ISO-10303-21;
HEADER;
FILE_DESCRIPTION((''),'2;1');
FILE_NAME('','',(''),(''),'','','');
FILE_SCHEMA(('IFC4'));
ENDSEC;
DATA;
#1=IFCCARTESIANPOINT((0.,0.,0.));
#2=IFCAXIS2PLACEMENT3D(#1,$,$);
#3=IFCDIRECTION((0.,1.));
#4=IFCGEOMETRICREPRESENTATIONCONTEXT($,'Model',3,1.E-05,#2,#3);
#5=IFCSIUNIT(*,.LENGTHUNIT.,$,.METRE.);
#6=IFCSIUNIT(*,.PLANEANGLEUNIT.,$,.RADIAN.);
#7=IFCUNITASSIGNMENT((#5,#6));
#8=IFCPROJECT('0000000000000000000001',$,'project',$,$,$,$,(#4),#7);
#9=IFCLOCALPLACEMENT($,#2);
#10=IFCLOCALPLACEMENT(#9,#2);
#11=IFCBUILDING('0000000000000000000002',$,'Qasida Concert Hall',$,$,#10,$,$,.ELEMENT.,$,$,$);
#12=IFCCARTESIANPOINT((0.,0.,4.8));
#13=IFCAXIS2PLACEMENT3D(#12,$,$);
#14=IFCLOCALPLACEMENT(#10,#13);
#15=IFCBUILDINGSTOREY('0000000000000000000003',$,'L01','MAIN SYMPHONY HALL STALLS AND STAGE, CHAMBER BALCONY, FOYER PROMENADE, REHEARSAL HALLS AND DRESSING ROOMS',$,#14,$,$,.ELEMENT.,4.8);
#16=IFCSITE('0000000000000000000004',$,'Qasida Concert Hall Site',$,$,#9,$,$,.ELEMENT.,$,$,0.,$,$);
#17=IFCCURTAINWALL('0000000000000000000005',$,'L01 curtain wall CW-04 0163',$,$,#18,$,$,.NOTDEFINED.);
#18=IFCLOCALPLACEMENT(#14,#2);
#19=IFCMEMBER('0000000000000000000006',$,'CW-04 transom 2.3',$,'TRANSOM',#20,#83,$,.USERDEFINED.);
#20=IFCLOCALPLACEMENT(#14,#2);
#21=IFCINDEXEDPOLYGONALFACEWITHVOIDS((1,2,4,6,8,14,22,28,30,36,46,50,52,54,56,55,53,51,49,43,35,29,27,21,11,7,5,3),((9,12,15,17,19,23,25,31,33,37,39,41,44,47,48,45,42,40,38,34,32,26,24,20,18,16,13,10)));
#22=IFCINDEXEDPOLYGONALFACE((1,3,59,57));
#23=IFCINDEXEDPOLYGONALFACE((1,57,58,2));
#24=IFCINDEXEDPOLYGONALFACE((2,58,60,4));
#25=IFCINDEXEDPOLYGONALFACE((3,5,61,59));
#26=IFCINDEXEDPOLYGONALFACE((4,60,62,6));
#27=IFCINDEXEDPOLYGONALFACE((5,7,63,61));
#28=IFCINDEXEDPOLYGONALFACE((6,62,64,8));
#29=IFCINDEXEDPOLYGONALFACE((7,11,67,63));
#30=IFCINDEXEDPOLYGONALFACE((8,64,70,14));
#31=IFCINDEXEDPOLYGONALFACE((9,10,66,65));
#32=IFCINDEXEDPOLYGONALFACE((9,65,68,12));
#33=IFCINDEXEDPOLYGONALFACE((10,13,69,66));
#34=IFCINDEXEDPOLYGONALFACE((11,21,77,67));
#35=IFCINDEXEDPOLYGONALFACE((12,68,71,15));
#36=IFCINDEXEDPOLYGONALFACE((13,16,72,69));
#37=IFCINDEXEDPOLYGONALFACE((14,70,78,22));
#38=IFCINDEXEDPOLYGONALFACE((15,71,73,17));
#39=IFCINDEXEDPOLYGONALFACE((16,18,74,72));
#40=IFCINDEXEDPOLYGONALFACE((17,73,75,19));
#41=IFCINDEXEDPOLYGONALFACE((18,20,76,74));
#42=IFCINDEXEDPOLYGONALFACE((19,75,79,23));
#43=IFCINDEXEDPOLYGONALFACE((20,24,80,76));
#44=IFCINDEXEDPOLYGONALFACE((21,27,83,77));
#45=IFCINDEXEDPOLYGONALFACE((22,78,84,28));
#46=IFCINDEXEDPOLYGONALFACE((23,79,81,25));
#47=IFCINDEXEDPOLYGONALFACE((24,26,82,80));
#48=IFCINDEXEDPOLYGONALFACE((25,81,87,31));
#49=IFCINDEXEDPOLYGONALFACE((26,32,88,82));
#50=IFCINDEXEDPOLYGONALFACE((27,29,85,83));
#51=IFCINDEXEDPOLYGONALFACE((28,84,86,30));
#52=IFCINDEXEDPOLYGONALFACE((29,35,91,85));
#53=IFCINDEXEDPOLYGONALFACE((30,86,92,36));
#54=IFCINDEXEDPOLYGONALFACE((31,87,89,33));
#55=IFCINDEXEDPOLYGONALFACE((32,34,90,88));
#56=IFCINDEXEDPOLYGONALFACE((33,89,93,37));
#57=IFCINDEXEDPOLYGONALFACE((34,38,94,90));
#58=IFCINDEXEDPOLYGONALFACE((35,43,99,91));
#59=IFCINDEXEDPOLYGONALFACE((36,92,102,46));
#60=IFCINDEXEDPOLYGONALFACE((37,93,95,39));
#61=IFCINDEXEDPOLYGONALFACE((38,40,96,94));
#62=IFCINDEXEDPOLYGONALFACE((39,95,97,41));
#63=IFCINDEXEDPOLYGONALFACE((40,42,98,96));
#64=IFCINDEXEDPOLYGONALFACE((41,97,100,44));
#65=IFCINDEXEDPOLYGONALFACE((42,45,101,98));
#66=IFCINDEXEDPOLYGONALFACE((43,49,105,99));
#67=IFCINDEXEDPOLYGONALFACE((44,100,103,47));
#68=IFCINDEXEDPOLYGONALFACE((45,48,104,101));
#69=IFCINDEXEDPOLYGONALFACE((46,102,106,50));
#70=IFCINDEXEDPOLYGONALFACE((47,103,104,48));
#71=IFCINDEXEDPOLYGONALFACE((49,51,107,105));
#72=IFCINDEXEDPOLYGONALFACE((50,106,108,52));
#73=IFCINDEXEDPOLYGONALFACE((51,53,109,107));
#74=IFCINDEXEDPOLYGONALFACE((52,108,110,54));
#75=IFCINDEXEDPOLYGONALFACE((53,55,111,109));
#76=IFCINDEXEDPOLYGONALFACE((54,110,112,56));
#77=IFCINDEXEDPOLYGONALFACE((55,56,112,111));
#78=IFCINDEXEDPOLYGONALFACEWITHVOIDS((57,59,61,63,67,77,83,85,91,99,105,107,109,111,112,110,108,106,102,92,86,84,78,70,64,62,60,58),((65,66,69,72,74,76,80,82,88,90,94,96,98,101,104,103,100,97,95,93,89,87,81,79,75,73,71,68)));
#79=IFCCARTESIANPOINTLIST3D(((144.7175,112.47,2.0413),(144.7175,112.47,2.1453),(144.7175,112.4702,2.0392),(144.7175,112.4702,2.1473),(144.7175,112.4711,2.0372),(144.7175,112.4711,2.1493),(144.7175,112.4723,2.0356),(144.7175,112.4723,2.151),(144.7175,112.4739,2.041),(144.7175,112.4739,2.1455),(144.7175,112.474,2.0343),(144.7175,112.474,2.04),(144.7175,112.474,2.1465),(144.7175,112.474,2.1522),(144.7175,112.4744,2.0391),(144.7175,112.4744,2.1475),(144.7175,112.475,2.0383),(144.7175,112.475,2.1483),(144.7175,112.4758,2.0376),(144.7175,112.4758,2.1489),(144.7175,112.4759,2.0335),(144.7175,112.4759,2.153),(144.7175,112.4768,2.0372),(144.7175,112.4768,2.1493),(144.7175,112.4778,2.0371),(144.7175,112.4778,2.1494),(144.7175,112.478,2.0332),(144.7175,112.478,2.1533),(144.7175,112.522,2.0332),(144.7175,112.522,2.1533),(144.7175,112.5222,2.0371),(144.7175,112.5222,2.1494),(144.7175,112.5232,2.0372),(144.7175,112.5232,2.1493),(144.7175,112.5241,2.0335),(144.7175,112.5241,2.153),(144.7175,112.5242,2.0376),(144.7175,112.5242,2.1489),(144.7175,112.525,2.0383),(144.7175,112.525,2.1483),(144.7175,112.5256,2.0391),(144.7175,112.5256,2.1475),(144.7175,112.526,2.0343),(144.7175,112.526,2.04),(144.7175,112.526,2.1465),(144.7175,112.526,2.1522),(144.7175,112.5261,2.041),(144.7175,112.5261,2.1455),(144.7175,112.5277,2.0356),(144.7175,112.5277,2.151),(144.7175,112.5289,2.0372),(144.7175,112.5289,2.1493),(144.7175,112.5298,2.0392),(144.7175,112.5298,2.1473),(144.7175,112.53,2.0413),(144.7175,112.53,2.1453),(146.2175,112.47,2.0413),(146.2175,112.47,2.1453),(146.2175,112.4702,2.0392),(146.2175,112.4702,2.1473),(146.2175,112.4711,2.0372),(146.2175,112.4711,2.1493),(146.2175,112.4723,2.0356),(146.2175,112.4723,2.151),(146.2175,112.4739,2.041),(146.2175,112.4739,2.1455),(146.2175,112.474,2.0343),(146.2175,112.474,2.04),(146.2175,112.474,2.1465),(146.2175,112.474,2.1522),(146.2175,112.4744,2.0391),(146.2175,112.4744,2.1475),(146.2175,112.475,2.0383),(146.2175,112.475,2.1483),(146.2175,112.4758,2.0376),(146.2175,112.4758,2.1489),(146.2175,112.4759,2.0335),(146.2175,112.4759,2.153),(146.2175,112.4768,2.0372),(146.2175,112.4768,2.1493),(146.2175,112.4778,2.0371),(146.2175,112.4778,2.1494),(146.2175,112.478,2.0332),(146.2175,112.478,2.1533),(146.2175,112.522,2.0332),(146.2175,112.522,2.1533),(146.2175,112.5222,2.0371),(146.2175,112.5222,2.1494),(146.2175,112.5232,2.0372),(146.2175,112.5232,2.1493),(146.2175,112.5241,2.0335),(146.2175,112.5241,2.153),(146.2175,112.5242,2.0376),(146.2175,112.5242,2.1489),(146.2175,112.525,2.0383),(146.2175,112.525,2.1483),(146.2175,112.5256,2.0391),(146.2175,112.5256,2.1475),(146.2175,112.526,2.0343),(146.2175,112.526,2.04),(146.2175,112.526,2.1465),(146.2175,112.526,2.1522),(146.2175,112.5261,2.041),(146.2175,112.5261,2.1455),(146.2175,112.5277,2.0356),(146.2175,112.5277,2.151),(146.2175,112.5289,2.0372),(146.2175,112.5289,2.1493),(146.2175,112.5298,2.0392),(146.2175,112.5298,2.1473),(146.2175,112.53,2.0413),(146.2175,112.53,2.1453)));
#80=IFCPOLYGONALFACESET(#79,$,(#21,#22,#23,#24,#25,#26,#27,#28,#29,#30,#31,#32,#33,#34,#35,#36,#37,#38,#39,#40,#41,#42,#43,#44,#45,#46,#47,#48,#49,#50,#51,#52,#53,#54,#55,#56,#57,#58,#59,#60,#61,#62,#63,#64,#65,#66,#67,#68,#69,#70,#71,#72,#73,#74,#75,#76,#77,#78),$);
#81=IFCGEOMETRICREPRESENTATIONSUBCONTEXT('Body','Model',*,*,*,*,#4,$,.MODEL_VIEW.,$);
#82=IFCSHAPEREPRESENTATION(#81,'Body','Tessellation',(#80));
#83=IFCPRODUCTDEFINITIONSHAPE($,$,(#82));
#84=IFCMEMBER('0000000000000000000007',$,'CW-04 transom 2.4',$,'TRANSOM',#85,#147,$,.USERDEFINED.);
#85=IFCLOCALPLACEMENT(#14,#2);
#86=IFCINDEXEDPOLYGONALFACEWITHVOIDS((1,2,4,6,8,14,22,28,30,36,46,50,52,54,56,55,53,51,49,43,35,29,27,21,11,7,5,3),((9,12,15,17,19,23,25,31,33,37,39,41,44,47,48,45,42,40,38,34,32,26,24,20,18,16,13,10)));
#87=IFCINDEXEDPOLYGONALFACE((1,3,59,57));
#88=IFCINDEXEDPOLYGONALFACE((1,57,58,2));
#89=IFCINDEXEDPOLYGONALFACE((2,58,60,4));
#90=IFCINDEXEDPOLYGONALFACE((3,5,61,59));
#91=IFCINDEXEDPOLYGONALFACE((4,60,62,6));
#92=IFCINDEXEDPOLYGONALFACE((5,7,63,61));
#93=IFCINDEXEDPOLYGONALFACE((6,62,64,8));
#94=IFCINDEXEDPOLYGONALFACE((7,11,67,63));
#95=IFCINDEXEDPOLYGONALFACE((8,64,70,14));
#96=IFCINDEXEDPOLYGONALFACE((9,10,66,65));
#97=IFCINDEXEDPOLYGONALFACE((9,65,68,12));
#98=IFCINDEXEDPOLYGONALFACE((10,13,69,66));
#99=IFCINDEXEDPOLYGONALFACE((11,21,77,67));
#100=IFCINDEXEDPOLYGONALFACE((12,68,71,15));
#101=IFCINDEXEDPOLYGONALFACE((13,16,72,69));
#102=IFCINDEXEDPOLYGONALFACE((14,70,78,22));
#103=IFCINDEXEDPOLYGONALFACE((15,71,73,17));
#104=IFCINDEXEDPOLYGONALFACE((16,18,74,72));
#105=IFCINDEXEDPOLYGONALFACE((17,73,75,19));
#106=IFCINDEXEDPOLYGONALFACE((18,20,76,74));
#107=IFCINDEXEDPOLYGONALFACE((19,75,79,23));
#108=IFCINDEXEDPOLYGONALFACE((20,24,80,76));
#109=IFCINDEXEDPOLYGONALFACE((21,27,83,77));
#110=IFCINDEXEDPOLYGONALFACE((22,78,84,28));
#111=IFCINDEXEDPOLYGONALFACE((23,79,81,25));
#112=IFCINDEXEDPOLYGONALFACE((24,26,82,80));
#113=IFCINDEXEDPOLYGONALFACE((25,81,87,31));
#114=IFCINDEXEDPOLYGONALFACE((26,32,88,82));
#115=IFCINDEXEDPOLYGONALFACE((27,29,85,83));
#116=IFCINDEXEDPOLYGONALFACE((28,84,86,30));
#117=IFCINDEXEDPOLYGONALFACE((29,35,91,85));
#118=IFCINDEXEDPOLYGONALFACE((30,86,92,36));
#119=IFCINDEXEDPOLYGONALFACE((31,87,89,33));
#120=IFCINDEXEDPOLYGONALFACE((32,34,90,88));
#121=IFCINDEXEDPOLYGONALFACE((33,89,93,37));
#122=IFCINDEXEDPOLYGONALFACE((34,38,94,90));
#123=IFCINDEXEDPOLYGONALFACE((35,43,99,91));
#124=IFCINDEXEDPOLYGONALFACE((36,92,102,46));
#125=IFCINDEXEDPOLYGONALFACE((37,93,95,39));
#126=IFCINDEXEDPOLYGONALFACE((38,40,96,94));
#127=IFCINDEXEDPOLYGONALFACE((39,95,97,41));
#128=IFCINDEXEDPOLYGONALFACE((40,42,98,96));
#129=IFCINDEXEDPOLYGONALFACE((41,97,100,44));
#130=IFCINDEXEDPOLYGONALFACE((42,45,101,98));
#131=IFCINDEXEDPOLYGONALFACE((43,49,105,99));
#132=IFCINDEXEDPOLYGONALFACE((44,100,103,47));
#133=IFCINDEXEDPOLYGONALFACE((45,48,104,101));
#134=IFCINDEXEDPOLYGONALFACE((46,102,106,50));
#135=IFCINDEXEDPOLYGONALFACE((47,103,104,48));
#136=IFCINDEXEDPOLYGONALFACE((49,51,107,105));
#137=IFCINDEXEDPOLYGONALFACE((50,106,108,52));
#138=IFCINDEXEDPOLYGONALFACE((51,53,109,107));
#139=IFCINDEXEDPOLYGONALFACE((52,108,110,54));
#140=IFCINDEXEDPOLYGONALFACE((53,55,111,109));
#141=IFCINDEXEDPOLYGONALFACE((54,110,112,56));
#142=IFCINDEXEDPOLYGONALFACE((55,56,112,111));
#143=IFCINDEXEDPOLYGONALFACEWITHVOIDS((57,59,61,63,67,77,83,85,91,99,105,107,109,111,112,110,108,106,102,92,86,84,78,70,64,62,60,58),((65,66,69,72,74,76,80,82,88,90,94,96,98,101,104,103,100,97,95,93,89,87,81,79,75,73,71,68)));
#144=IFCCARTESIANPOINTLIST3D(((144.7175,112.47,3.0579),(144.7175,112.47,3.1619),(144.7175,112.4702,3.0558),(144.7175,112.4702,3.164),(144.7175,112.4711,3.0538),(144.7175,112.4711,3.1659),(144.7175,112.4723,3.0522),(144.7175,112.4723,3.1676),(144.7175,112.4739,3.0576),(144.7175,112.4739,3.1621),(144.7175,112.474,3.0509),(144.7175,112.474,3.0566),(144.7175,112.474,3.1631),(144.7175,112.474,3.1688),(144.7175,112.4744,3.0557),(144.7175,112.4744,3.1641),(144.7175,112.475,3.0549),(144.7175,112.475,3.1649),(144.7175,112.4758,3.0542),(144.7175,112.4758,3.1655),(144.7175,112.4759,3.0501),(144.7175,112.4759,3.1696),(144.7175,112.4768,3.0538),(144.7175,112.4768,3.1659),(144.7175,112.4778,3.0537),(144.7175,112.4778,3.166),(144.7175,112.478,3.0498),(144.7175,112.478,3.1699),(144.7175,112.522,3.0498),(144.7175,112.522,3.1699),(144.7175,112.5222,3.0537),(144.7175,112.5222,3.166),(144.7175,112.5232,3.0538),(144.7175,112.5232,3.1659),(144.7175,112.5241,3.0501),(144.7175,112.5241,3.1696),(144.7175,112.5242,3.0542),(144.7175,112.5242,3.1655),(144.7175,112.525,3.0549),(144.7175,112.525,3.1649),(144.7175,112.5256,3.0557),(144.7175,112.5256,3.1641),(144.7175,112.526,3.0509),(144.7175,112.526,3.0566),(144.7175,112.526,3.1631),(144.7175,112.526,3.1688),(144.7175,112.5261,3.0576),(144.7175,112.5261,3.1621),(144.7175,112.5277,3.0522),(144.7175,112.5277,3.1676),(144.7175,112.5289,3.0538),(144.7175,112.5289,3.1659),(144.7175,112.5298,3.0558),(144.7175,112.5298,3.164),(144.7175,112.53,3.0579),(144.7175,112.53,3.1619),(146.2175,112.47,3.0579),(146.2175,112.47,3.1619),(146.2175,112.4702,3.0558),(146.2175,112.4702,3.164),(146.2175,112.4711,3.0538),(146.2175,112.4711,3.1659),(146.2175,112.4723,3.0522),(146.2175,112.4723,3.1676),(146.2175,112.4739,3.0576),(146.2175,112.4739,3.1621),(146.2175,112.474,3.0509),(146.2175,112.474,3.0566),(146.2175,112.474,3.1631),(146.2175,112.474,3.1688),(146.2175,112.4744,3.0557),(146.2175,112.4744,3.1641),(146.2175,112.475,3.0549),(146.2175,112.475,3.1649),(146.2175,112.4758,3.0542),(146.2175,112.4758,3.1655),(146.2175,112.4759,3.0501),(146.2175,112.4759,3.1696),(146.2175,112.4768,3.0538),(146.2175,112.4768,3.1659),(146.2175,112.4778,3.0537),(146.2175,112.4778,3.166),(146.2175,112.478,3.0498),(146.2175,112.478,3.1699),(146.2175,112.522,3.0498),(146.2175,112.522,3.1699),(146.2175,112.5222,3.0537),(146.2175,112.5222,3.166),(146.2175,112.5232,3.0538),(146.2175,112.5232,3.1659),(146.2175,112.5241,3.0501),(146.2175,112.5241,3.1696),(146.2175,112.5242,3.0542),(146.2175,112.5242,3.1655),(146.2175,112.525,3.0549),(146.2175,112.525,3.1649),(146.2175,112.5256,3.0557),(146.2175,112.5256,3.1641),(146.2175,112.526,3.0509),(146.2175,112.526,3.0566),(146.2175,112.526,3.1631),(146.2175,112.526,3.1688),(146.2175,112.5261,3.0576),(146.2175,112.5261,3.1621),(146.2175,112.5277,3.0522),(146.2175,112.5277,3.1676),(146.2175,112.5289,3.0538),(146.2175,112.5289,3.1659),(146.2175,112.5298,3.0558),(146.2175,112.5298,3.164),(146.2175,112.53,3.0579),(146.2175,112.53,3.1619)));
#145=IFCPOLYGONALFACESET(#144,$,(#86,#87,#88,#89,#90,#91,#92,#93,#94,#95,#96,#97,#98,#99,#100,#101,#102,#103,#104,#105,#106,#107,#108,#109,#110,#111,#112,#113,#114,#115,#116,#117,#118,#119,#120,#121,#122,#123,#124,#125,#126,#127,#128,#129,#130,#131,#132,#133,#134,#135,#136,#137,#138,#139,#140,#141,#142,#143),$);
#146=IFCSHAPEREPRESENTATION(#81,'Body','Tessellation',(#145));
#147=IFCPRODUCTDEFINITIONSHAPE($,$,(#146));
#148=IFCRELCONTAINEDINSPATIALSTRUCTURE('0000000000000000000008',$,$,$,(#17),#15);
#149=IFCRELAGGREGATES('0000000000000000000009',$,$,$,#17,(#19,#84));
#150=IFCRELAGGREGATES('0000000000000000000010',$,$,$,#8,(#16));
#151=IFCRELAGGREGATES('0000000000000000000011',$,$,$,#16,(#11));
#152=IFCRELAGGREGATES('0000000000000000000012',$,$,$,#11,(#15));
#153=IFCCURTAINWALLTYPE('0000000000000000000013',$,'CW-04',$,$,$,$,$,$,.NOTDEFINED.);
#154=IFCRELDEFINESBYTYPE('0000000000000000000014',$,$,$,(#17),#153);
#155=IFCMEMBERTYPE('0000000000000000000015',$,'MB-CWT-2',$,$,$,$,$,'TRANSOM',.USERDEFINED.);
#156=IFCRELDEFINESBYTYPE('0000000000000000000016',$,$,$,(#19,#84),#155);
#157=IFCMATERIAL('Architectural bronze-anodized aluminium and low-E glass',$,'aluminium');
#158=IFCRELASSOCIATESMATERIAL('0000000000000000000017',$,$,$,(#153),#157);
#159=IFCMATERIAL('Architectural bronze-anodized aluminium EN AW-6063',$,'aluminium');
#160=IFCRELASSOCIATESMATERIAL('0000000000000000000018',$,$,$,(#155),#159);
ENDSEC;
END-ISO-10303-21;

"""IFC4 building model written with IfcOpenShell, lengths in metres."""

from ifc_helpers import new_model, si_unit, direction, frame, origin, origin_2d, place, context, subcontext, project, spatial, hollow_rectangle, extrude, material, material_profile, profile_set, type_object, element, aggregate, save


model = new_model("IFC4")

# Units and contexts
model_context = context("Model", 3, precision=1e-05, world=origin(), true_north=direction((0.0, 1.0)))
body_context = subcontext(model_context, "Body", "Model", "MODEL_VIEW")
ifc_project = project(units=[si_unit("LENGTHUNIT", "METRE"), si_unit("PLANEANGLEUNIT", "RADIAN")], contexts=[model_context])

# Site, building, storey
site_placement = place(None, origin())
site = spatial("IfcSite", under=ifc_project, at=site_placement, Name="Qasida Concert Hall Site", CompositionType="ELEMENT", RefElevation=0.0)
building_placement = place(site_placement, origin())
building = spatial("IfcBuilding", under=site, at=building_placement, Name="Qasida Concert Hall", CompositionType="ELEMENT")
storey_placement = place(building_placement, frame((0.0, 0.0, 4.8)))
storey = spatial("IfcBuildingStorey", under=building, at=storey_placement, Name="L01", Description="MAIN SYMPHONY HALL STALLS AND STAGE, CHAMBER BALCONY, FOYER PROMENADE, REHEARSAL HALLS AND DRESSING ROOMS", CompositionType="ELEMENT", Elevation=4.8)

# Curtain wall, members
ifc_material_1 = material(Name="Architectural bronze-anodized aluminium and low-E glass", Category="aluminium")
curtain_wall_type = type_object("IfcCurtainWallType", Name="CW-04", PredefinedType="NOTDEFINED", material=ifc_material_1)
curtain_wall_placement = place(storey_placement, origin())
curtain_wall = element("IfcCurtainWall", 1, at=curtain_wall_placement, inside=storey, type_object=curtain_wall_type, Name="L01 curtain wall CW-04 0163", PredefinedType="NOTDEFINED")
ifc_material_2 = material(Name="Architectural bronze-anodized aluminium EN AW-6063", Category="aluminium")
ifc_material_profile_1 = material_profile(ifc_material_2, hollow_rectangle(XDim=0.0601, YDim=0.1201, WallThickness=0.0039, InnerFilletRadius=0.0039, OuterFilletRadius=0.0081, at=origin_2d()), Name="CWT 120x60x4")
ifc_profile_set_1 = profile_set([ifc_material_profile_1], Name="Architectural bronze-anodized aluminium EN AW-6063")
member_type_1 = type_object("IfcMemberType", Name="MB-CWT-2", ElementType="TRANSOM", PredefinedType="USERDEFINED", material=ifc_profile_set_1)
member_1_placement = place(storey_placement, frame((144.7175, 112.5, 2.0933), z_axis=(1.0, 0.0, 0.0), x_axis=(0.0, 1.0, 0.0)))
member_1 = element("IfcMember", 2, at=member_1_placement, type_object=member_type_1, Name="CW-04 transom 2.3", ObjectType="TRANSOM", PredefinedType="USERDEFINED", context=body_context, shape_type="SweptSolid", body=[
    extrude(hollow_rectangle(XDim=0.0601, YDim=0.1201, WallThickness=0.0039, InnerFilletRadius=0.0039, OuterFilletRadius=0.0081, at=origin_2d()), origin(), (0.0, 0.0, 1.0), 1.5),
])
member_2_placement = place(storey_placement, frame((144.7175, 112.5, 3.1099), z_axis=(1.0, 0.0, 0.0), x_axis=(0.0, 1.0, 0.0)))
member_2 = element("IfcMember", 3, at=member_2_placement, type_object=member_type_1, Name="CW-04 transom 2.4", ObjectType="TRANSOM", PredefinedType="USERDEFINED", context=body_context, shape_type="SweptSolid", body=[
    extrude(hollow_rectangle(XDim=0.0601, YDim=0.1201, WallThickness=0.0039, InnerFilletRadius=0.0039, OuterFilletRadius=0.0081, at=origin_2d()), origin(), (0.0, 0.0, 1.0), 1.5),
])
aggregate(curtain_wall, [member_1, member_2])

save(model, "model.ifc")
